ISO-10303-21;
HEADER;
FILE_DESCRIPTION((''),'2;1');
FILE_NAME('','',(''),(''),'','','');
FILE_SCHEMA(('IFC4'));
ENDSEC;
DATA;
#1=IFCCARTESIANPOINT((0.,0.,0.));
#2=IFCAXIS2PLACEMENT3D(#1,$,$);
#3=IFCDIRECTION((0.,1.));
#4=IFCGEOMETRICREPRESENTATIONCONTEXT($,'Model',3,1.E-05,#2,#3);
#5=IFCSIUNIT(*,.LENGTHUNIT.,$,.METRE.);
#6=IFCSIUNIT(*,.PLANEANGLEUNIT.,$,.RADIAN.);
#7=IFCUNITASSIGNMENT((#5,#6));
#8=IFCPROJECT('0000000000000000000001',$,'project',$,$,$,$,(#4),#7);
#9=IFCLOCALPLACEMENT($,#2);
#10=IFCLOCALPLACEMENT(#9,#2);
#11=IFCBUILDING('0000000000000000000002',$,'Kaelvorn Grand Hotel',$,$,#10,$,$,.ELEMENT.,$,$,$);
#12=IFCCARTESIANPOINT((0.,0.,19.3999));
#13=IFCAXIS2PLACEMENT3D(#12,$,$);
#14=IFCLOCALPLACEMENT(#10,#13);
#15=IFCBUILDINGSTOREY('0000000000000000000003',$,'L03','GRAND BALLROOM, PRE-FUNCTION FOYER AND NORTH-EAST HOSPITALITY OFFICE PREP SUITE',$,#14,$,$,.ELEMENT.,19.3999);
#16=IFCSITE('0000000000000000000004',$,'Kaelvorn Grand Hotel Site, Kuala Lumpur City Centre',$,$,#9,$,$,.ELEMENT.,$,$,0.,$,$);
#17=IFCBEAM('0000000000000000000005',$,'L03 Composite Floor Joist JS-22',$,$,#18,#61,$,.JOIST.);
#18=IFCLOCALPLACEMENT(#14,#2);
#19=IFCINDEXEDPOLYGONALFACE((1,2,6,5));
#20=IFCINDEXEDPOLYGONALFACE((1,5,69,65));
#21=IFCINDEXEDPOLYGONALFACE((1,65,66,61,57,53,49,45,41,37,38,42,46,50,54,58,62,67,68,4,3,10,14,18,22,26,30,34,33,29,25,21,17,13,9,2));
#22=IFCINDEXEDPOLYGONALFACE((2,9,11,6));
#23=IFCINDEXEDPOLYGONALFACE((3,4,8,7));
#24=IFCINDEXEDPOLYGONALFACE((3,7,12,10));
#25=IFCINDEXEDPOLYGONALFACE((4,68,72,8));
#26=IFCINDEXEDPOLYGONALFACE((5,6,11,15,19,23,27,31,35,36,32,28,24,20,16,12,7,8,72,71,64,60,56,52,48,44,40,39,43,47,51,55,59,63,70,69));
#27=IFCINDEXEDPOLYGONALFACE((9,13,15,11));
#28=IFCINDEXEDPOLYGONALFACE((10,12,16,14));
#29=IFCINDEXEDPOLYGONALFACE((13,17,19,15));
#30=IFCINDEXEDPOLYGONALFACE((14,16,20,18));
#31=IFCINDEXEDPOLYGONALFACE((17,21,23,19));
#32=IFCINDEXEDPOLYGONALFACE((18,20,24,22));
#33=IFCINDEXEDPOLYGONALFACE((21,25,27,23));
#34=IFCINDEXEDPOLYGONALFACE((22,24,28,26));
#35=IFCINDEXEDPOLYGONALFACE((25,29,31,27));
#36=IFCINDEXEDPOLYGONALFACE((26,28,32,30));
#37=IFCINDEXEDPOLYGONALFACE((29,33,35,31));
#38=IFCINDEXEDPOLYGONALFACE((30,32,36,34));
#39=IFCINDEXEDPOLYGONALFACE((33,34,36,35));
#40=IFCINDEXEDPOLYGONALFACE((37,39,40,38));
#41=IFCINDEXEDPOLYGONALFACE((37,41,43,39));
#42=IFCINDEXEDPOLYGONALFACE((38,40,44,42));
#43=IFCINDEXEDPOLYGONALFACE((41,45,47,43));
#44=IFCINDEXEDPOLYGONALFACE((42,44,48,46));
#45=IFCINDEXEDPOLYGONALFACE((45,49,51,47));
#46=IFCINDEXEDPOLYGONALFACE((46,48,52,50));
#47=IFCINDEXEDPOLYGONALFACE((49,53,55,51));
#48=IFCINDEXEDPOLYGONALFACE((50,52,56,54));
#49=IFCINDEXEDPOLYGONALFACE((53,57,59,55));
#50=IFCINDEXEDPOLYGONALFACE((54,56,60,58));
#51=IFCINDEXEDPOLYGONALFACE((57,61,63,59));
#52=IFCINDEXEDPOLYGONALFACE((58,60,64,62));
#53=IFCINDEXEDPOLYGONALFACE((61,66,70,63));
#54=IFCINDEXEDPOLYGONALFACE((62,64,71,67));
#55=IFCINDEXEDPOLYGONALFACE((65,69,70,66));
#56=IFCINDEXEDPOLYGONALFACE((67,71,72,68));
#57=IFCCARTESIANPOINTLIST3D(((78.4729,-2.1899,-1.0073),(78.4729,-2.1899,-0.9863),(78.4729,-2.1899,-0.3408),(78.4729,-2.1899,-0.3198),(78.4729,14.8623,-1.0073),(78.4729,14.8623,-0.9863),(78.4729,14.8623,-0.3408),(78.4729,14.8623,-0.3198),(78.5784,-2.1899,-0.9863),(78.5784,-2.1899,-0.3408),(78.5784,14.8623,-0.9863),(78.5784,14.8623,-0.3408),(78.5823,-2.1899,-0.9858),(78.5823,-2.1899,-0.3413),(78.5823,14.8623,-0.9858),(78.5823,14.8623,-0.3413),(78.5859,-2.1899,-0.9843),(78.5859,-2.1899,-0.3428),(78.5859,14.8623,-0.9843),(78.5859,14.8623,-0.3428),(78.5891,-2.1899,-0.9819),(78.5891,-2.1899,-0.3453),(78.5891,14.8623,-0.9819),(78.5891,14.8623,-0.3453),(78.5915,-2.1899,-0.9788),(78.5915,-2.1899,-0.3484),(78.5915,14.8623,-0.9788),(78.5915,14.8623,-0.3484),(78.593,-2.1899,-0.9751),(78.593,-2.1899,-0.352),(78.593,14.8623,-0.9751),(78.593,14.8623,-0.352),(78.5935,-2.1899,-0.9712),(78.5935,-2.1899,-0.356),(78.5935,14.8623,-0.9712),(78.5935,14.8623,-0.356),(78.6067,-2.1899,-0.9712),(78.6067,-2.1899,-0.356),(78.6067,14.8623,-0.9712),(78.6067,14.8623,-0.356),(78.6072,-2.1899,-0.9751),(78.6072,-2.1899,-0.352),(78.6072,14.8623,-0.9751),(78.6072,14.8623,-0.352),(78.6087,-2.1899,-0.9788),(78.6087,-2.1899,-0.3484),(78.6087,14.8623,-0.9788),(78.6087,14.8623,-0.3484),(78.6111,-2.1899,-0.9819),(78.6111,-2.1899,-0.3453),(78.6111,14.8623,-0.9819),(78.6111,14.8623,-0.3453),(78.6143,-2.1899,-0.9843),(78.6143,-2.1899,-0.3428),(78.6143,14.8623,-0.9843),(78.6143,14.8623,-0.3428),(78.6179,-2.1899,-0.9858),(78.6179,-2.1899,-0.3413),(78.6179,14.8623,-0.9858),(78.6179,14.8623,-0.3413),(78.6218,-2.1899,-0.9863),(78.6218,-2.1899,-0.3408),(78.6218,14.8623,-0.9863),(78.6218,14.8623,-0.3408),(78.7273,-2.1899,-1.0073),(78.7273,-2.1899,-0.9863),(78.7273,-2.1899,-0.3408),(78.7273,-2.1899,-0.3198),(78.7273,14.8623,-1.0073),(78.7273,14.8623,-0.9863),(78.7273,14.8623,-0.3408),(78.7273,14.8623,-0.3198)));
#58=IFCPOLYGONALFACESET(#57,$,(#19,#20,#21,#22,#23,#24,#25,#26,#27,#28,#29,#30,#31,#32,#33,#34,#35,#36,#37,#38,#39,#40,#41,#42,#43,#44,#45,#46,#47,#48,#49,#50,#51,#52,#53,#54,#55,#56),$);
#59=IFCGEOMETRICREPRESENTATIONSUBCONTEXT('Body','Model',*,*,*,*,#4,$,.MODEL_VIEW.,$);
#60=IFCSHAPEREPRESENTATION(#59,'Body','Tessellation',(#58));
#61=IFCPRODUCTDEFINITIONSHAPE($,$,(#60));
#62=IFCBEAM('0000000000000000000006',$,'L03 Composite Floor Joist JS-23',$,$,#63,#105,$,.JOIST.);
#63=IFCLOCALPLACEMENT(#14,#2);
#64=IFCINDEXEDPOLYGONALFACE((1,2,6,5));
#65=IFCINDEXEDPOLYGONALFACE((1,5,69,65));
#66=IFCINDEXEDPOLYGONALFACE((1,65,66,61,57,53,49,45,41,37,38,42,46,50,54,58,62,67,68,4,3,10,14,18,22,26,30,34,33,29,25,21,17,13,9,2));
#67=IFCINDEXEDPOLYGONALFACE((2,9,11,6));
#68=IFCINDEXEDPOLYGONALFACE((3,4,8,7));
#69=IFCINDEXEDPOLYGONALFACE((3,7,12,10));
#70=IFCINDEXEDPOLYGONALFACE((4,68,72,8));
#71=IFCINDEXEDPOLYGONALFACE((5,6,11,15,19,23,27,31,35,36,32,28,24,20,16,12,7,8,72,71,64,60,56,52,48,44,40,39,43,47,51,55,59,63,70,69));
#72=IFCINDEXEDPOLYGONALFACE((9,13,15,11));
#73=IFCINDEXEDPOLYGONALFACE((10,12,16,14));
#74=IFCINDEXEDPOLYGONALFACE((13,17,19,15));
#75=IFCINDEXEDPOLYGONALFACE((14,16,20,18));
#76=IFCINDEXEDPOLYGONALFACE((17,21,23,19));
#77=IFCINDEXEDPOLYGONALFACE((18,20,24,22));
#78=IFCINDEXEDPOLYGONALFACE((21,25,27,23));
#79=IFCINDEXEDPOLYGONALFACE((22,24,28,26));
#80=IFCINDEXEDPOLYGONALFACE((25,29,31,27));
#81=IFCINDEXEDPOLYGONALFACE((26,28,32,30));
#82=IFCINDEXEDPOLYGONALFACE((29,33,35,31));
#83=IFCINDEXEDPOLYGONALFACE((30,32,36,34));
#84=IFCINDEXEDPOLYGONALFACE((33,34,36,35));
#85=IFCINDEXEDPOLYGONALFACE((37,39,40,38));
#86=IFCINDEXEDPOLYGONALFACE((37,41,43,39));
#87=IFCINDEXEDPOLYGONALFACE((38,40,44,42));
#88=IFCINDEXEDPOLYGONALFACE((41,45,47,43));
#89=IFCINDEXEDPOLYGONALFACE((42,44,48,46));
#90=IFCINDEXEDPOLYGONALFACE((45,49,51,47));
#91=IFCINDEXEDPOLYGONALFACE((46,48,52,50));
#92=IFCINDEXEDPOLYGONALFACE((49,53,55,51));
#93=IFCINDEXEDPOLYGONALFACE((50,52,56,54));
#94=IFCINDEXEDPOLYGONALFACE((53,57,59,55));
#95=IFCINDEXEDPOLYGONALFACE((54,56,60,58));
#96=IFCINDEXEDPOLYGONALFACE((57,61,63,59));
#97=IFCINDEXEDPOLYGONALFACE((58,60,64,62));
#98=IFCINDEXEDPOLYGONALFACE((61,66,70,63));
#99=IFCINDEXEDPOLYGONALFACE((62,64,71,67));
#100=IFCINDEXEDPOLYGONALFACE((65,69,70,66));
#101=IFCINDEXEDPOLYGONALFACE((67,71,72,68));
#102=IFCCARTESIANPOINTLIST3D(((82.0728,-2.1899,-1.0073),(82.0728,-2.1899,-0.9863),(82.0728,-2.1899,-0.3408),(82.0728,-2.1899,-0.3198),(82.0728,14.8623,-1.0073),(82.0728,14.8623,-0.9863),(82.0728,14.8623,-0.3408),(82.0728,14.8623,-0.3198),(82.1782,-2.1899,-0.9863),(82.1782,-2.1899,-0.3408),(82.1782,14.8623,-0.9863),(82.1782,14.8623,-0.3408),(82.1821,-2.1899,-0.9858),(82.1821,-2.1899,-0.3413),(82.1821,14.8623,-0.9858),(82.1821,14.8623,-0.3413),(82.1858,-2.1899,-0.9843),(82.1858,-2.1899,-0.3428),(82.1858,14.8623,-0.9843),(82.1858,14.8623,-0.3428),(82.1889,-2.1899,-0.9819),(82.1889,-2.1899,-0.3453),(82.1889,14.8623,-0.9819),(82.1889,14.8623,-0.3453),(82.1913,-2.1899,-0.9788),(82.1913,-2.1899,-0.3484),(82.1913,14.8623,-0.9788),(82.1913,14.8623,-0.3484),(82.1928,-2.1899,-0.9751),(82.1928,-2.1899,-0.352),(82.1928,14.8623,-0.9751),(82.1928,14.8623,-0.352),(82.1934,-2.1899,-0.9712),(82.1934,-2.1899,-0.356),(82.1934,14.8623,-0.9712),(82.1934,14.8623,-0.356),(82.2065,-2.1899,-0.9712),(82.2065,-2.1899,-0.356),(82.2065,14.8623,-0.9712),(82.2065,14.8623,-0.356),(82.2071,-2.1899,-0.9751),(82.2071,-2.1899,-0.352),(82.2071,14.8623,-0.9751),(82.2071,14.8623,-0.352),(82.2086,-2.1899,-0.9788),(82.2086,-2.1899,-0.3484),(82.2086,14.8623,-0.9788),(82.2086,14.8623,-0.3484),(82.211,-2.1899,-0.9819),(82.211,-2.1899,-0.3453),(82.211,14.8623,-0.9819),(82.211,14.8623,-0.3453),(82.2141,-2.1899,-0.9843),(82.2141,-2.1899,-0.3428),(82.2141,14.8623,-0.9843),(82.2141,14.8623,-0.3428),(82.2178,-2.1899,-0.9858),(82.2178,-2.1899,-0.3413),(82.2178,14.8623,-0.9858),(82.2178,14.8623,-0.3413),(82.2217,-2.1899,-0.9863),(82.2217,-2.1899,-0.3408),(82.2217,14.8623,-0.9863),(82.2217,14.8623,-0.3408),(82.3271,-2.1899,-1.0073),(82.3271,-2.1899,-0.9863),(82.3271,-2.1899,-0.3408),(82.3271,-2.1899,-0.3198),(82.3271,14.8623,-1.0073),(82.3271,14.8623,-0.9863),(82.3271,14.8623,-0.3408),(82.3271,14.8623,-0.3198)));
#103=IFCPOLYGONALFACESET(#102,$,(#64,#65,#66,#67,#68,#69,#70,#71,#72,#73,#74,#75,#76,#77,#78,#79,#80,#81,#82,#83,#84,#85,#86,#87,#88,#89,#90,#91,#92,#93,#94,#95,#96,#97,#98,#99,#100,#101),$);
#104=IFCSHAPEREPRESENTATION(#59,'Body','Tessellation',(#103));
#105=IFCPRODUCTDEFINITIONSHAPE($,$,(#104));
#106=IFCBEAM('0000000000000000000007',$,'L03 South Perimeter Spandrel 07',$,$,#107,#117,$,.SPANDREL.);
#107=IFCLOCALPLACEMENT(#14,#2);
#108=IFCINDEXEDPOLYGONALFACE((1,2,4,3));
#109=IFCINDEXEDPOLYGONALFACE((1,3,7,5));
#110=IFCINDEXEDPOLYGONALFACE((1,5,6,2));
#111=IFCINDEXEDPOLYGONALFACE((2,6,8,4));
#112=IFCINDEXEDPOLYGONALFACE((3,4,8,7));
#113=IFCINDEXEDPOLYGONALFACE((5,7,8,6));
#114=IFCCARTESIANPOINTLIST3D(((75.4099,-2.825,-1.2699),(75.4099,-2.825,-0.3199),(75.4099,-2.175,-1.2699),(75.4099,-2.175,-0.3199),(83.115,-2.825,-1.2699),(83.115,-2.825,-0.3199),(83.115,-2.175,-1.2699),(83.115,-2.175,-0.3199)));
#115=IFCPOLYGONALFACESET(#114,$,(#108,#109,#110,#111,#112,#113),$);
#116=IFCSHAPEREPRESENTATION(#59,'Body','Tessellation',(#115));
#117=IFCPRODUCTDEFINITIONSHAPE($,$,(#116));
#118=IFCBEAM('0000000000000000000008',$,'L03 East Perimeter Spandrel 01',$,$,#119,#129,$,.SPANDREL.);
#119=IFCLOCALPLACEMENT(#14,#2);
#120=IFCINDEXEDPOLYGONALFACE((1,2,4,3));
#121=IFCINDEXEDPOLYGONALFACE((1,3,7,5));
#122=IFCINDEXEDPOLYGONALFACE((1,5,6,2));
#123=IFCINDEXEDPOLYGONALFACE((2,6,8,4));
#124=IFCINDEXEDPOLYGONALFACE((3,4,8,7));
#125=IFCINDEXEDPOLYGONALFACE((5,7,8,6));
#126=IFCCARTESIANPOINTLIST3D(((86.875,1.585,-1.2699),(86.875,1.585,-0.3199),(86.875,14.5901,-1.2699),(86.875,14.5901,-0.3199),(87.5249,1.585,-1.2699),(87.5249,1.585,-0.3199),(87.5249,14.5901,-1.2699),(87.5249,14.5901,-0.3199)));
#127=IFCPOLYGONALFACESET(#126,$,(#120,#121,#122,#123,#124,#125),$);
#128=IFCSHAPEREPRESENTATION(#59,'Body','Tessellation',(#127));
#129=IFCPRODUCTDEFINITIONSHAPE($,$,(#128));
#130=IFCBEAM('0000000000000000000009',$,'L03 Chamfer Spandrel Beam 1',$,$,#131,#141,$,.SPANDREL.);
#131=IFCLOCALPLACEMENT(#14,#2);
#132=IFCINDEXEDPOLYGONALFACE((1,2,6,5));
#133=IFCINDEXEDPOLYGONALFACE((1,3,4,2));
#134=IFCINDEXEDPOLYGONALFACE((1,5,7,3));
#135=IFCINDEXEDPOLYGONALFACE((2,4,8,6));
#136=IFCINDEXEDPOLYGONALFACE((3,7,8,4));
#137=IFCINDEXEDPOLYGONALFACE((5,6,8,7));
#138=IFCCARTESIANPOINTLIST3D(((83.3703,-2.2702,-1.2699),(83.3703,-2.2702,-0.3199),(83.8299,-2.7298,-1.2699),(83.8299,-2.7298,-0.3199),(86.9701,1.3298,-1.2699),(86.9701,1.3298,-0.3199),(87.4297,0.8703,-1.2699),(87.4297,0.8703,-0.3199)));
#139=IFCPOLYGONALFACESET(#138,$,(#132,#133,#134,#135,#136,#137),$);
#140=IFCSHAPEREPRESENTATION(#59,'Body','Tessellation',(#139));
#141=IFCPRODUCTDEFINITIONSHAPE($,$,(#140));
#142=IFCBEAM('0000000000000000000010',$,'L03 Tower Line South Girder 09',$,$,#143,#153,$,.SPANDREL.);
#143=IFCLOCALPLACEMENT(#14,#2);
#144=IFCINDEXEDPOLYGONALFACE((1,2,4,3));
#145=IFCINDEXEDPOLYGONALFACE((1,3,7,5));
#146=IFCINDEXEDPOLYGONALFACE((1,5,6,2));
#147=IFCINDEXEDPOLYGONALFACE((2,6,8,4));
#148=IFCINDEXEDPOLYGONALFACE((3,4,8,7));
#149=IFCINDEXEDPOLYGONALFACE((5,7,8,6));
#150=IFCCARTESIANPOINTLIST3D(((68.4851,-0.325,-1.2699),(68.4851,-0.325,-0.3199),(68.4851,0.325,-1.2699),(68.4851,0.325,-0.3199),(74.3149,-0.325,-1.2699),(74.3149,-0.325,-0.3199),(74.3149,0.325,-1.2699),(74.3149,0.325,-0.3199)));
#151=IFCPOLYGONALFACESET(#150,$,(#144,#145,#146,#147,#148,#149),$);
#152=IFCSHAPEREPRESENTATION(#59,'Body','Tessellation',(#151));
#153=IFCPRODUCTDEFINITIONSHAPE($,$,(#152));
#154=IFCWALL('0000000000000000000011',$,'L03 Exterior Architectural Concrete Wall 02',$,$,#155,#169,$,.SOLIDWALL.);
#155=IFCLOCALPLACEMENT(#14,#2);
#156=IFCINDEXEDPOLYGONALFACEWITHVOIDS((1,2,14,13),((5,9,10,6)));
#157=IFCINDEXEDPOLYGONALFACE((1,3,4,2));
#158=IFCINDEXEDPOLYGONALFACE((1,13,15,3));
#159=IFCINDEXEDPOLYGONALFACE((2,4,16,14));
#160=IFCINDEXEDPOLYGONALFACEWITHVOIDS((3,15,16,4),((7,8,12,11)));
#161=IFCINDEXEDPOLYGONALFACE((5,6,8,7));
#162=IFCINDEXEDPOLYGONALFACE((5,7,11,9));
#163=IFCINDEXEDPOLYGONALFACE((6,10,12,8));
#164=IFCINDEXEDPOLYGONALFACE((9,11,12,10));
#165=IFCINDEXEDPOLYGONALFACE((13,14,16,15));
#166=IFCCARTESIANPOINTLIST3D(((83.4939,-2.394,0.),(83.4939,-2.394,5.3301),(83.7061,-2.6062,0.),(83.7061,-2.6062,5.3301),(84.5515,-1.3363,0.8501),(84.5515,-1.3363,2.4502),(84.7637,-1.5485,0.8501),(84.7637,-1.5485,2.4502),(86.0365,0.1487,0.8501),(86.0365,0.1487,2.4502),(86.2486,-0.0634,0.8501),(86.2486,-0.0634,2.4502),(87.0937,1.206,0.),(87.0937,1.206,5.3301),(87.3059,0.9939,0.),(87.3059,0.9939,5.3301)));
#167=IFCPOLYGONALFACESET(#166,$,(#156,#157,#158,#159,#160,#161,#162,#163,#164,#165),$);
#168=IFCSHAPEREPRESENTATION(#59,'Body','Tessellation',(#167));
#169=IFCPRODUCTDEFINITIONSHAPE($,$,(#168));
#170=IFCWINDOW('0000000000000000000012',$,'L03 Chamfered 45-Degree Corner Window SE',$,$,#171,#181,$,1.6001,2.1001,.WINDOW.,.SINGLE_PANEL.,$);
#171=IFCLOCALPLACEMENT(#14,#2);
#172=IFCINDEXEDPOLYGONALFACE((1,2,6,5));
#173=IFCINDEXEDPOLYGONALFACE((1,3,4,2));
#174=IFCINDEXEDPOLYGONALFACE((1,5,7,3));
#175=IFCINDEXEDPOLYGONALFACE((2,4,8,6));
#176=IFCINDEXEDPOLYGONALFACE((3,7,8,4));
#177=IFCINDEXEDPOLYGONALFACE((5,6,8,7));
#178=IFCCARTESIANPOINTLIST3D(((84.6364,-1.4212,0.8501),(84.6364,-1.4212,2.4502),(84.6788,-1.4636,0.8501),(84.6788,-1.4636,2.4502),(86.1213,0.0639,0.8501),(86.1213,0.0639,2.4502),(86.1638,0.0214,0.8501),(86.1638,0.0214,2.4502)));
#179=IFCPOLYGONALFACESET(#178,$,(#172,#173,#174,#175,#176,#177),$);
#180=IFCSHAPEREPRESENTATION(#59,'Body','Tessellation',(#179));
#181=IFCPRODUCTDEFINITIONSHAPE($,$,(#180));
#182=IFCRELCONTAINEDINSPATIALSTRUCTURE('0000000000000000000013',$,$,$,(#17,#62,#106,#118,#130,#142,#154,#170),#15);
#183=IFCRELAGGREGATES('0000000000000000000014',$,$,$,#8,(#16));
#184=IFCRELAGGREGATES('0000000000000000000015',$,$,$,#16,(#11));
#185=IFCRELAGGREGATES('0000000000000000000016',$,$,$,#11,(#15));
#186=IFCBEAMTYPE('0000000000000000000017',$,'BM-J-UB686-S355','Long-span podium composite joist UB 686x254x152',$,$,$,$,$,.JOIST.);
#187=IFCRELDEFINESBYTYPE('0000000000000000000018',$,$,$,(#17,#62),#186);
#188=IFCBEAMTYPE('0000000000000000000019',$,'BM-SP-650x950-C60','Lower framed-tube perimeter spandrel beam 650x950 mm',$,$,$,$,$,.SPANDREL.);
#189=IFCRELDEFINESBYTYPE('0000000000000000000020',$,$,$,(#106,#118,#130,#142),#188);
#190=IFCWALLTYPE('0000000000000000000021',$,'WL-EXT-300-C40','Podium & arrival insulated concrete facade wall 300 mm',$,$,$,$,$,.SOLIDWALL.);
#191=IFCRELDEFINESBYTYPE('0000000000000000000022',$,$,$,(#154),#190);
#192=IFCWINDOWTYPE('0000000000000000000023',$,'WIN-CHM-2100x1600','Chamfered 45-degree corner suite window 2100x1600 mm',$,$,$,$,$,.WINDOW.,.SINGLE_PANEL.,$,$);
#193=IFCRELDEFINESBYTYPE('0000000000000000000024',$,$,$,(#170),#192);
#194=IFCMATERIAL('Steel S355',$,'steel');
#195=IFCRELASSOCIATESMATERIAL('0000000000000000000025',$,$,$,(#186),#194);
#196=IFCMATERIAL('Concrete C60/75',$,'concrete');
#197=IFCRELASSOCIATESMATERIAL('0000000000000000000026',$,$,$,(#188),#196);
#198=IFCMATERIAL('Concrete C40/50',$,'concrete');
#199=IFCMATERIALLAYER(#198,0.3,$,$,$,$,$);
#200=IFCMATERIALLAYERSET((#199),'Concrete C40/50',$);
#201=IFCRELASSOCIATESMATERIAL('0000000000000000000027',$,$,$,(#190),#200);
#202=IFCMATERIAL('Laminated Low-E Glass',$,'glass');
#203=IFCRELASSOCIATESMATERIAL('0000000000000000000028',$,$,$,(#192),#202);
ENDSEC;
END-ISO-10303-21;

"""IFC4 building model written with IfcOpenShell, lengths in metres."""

from ifc_helpers import new_model, si_unit, direction, frame, frame_2d, origin, origin_2d, place, context, subcontext, project, spatial, rectangle, i_section, extrude, material, layer, layer_set, material_profile, profile_set, type_object, element, fill, save


model = new_model("IFC4")

# Units and contexts
model_context = context("Model", 3, precision=1e-05, world=origin(), true_north=direction((0.0, 1.0)))
body_context = subcontext(model_context, "Body", "Model", "MODEL_VIEW")
ifc_project = project(units=[si_unit("LENGTHUNIT", "METRE"), si_unit("PLANEANGLEUNIT", "RADIAN")], contexts=[model_context])

# Site, building, storey
site_placement = place(None, origin())
site = spatial("IfcSite", under=ifc_project, at=site_placement, Name="Kaelvorn Grand Hotel Site, Kuala Lumpur City Centre", CompositionType="ELEMENT", RefElevation=0.0)
building_placement = place(site_placement, origin())
building = spatial("IfcBuilding", under=site, at=building_placement, Name="Kaelvorn Grand Hotel", CompositionType="ELEMENT")
storey_placement = place(building_placement, frame((0.0, 0.0, 19.3999)))
storey = spatial("IfcBuildingStorey", under=building, at=storey_placement, Name="L03", Description="GRAND BALLROOM, PRE-FUNCTION FOYER AND NORTH-EAST HOSPITALITY OFFICE PREP SUITE", CompositionType="ELEMENT", Elevation=19.3999)

# Beams
ifc_material_1 = material(Name="Steel S355", Category="steel")
ifc_material_profile_1 = material_profile(ifc_material_1, i_section(OverallWidth=0.2544, OverallDepth=0.6875, WebThickness=0.0132, FlangeThickness=0.021, FilletRadius=0.0151, at=origin_2d()), Name="UB 686x254x152")
ifc_profile_set_1 = profile_set([ifc_material_profile_1], Name="Steel S355")
beam_type_1 = type_object("IfcBeamType", Name="BM-J-UB686-S355", Description="Long-span podium composite joist UB 686x254x152", PredefinedType="JOIST", material=ifc_profile_set_1)
for number, where, z_axis, x_axis, name in (
    (1, (78.6001, -2.1899, -0.6636), (0.0, 1.0, 0.0), (-1.0, 0.0, 0.0), "L03 Composite Floor Joist JS-22"),
    (2, (82.2, -2.1899, -0.6636), (0.0, 1.0, 0.0), (-1.0, 0.0, 0.0), "L03 Composite Floor Joist JS-23"),
):
    element("IfcBeam", number, at=place(storey_placement, frame(where, z_axis=z_axis, x_axis=x_axis)), inside=storey, type_object=beam_type_1, Name=name, PredefinedType="JOIST", context=body_context, shape_type="SweptSolid", body=[
        extrude(i_section(OverallWidth=0.2544, OverallDepth=0.6875, WebThickness=0.0132, FlangeThickness=0.021, FilletRadius=0.0151, at=origin_2d()), origin(), (0.0, 0.0, 1.0), 17.0522),
    ])
ifc_material_2 = material(Name="Concrete C60/75", Category="concrete")
ifc_material_profile_2 = material_profile(ifc_material_2, rectangle(XDim=0.6499, YDim=0.95, at=origin_2d()), Name="RC SPANDREL 650x950")
ifc_profile_set_2 = profile_set([ifc_material_profile_2], Name="Concrete C60/75")
beam_type_2 = type_object("IfcBeamType", Name="BM-SP-650x950-C60", Description="Lower framed-tube perimeter spandrel beam 650x950 mm", PredefinedType="SPANDREL", material=ifc_profile_set_2)
beam_1_placement = place(storey_placement, frame((75.4099, -2.5, -0.7949), z_axis=(1.0, 0.0, 0.0), x_axis=(0.0, 1.0, 0.0)))
element("IfcBeam", 3, at=beam_1_placement, inside=storey, type_object=beam_type_2, Name="L03 South Perimeter Spandrel 07", PredefinedType="SPANDREL", context=body_context, shape_type="SweptSolid", body=[
    extrude(rectangle(XDim=0.6499, YDim=0.95, at=origin_2d()), origin(), (0.0, 0.0, 1.0), 7.7051),
])
beam_2_placement = place(storey_placement, frame((87.2, 1.585, -0.7949), z_axis=(0.0, 1.0, 0.0), x_axis=(-1.0, 0.0, 0.0)))
element("IfcBeam", 4, at=beam_2_placement, inside=storey, type_object=beam_type_2, Name="L03 East Perimeter Spandrel 01", PredefinedType="SPANDREL", context=body_context, shape_type="SweptSolid", body=[
    extrude(rectangle(XDim=0.6499, YDim=0.95, at=origin_2d()), origin(), (0.0, 0.0, 1.0), 13.0051),
])
beam_3_placement = place(storey_placement, frame((83.6001, -2.5, -0.7949), z_axis=(0.707083, 0.707131, 0.0), x_axis=(-0.707131, 0.707083, 0.0)))
element("IfcBeam", 5, at=beam_3_placement, inside=storey, type_object=beam_type_2, Name="L03 Chamfer Spandrel Beam 1", PredefinedType="SPANDREL", context=body_context, shape_type="SweptSolid", body=[
    extrude(rectangle(XDim=0.6499, YDim=0.95, at=origin_2d()), origin(), (0.0, 0.0, 1.0), 5.0911),
])
beam_4_placement = place(storey_placement, frame((68.4851, 0.0, -0.7949), z_axis=(1.0, 0.0, 0.0), x_axis=(0.0, 1.0, 0.0)))
element("IfcBeam", 6, at=beam_4_placement, inside=storey, type_object=beam_type_2, Name="L03 Tower Line South Girder 09", PredefinedType="SPANDREL", context=body_context, shape_type="SweptSolid", body=[
    extrude(rectangle(XDim=0.6499, YDim=0.95, at=origin_2d()), origin(), (0.0, 0.0, 1.0), 5.8298),
])

# Wall, opening, window
ifc_material_3 = material(Name="Concrete C40/50", Category="concrete")
ifc_layer_1 = layer(ifc_material_3, 0.3)
ifc_layer_set_1 = layer_set([ifc_layer_1], Name="Concrete C40/50")
wall_type_1 = type_object("IfcWallType", Name="WL-EXT-300-C40", Description="Podium & arrival insulated concrete facade wall 300 mm", PredefinedType="SOLIDWALL", material=ifc_layer_set_1)
wall_1_placement = place(storey_placement, frame((83.6001, -2.5, 0.0), z_axis=(0.0, 0.0, 1.0), x_axis=(0.707083, 0.707131, 0.0)))
wall_1 = element("IfcWall", 7, at=wall_1_placement, inside=storey, type_object=wall_type_1, Name="L03 Exterior Architectural Concrete Wall 02", PredefinedType="SOLIDWALL", context=body_context, shape_type="SweptSolid", body=[
    extrude(rectangle(XDim=5.0911, YDim=0.3, at=frame_2d((2.5454, 0.0))), origin(), (0.0, 0.0, 1.0), 5.3301),
])
opening_1_placement = place(wall_1_placement, frame((1.4956, 0.0, 0.8501)))
opening_1 = element("IfcOpeningElement", 8, at=opening_1_placement, cuts=wall_1, PredefinedType="OPENING", context=body_context, shape_type="SweptSolid", body=[
    extrude(rectangle(XDim=2.1001, YDim=1.6001, at=frame_2d((1.05, 0.8))), frame((0.0, 0.1602, 0.0), z_axis=(0.0, -1.0, 0.0), x_axis=(1.0, 0.0, 0.0)), (0.0, 0.0, 1.0), 0.3201),
])
ifc_material_4 = material(Name="Laminated Low-E Glass", Category="glass")
window_type_1 = type_object("IfcWindowType", Name="WIN-CHM-2100x1600", Description="Chamfered 45-degree corner suite window 2100x1600 mm", PartitioningType="SINGLE_PANEL", PredefinedType="WINDOW", material=ifc_material_4)
window_1_placement = place(opening_1_placement, origin())
window_1 = element("IfcWindow", 9, at=window_1_placement, inside=storey, type_object=window_type_1, Name="L03 Chamfered 45-Degree Corner Window SE", OverallHeight=1.6001, OverallWidth=2.1001, PartitioningType="SINGLE_PANEL", PredefinedType="WINDOW", context=body_context, shape_type="SweptSolid", body=[
    extrude(rectangle(XDim=2.1001, YDim=1.6001, at=frame_2d((1.05, 0.8))), frame((0.0, 0.03, 0.0), z_axis=(0.0, -1.0, 0.0), x_axis=(1.0, 0.0, 0.0)), (0.0, 0.0, 1.0), 0.0601),
])
fill(opening_1, window_1)

save(model, "model.ifc")
